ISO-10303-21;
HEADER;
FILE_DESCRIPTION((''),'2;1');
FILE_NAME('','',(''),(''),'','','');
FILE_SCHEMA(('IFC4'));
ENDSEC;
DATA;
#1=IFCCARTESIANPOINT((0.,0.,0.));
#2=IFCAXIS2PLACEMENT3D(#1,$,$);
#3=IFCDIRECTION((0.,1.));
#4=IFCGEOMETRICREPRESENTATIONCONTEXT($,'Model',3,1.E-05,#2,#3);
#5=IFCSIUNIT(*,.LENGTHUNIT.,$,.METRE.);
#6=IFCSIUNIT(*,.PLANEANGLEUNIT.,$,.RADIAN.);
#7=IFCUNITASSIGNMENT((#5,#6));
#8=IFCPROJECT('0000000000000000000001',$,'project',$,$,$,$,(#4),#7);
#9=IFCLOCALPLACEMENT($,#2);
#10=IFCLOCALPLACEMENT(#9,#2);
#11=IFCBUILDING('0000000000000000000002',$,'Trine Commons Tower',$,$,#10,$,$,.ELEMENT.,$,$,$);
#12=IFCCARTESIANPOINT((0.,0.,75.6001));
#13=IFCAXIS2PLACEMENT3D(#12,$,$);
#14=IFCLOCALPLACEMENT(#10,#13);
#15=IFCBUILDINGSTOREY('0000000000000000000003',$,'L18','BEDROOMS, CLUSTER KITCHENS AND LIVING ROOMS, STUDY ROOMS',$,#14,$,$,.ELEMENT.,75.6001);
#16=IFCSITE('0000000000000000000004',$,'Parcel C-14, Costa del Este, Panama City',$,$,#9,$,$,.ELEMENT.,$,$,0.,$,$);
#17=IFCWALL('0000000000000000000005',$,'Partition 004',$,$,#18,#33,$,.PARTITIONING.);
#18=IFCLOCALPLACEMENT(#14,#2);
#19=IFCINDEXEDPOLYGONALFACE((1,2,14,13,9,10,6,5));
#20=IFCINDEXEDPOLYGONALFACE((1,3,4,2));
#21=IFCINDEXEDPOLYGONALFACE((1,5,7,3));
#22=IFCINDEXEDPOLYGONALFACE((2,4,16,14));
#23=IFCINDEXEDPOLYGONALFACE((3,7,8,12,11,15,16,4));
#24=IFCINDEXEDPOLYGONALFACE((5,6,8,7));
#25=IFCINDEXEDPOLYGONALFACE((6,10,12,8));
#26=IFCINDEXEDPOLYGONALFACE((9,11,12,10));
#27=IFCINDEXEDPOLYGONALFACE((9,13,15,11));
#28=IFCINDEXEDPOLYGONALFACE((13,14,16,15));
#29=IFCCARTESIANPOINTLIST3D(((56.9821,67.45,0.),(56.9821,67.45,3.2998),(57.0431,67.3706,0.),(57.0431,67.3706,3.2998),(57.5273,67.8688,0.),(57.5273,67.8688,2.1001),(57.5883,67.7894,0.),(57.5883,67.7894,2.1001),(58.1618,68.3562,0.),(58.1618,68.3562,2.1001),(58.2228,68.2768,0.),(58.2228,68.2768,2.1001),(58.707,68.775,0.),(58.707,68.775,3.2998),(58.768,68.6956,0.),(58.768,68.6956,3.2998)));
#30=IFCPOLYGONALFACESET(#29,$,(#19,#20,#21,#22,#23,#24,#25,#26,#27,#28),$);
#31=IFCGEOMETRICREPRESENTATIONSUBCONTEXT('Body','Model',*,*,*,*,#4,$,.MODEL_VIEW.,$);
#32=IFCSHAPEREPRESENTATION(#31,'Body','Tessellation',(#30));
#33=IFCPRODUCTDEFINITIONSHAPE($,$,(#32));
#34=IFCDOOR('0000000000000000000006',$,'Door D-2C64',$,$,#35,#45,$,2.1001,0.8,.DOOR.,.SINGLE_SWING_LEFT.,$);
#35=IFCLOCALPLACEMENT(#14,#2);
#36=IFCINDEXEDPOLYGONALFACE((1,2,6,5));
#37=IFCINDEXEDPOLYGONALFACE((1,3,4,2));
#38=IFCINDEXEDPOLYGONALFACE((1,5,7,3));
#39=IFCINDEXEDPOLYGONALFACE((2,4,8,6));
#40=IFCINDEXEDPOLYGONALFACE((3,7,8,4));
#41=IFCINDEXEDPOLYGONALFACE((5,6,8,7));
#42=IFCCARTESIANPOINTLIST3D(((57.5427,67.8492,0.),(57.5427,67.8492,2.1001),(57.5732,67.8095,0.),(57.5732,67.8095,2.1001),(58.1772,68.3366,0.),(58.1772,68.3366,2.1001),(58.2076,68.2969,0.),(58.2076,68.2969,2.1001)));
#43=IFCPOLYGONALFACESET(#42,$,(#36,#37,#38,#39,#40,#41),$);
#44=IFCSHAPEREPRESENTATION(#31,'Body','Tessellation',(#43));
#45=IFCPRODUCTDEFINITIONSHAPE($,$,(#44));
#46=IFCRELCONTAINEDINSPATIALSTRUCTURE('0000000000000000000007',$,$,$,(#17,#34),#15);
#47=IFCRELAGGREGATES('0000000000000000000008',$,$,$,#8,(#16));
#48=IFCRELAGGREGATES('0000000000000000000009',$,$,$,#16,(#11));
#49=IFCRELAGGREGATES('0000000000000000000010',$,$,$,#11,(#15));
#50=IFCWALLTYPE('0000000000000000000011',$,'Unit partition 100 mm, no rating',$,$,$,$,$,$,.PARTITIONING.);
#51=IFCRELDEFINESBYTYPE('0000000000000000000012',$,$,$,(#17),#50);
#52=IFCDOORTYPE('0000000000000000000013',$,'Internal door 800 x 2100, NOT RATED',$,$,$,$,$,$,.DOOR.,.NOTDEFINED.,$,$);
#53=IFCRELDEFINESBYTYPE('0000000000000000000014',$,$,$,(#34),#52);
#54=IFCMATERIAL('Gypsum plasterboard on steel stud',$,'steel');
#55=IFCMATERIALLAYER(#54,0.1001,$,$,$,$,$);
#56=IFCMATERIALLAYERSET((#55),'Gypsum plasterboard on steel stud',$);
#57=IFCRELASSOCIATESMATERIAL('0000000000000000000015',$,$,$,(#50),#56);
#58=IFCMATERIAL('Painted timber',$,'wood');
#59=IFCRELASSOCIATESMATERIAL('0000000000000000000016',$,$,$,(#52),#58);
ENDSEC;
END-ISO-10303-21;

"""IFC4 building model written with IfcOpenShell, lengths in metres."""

from ifc_helpers import new_model, si_unit, direction, frame, frame_2d, origin, place, context, subcontext, project, spatial, rectangle, extrude, material, layer, layer_set, type_object, element, fill, save


model = new_model("IFC4")

# Units and contexts
model_context = context("Model", 3, precision=1e-05, world=origin(), true_north=direction((0.0, 1.0)))
body_context = subcontext(model_context, "Body", "Model", "MODEL_VIEW")
ifc_project = project(units=[si_unit("LENGTHUNIT", "METRE"), si_unit("PLANEANGLEUNIT", "RADIAN")], contexts=[model_context])

# Site, building, storey
site_placement = place(None, origin())
site = spatial("IfcSite", under=ifc_project, at=site_placement, Name="Parcel C-14, Costa del Este, Panama City", CompositionType="ELEMENT", RefElevation=0.0)
building_placement = place(site_placement, origin())
building = spatial("IfcBuilding", under=site, at=building_placement, Name="Trine Commons Tower", CompositionType="ELEMENT")
storey_placement = place(building_placement, frame((0.0, 0.0, 75.6001)))
storey = spatial("IfcBuildingStorey", under=building, at=storey_placement, Name="L18", Description="BEDROOMS, CLUSTER KITCHENS AND LIVING ROOMS, STUDY ROOMS", CompositionType="ELEMENT", Elevation=75.6001)

# Shared definitions
ifc_material_1 = material(Name="Gypsum plasterboard on steel stud", Category="steel")

# Shared definitions
ifc_layer_1 = layer(ifc_material_1, 0.1001)
ifc_layer_set_1 = layer_set([ifc_layer_1], Name="Gypsum plasterboard on steel stud")
wall_type_1 = type_object("IfcWallType", Name="Unit partition 100 mm, no rating", PredefinedType="PARTITIONING", material=ifc_layer_set_1)

# Wall, opening, door
wall_1_placement = place(storey_placement, frame((57.0127, 67.4104, 0.0), z_axis=(0.0, 0.0, 1.0), x_axis=(0.793037, 0.609174, 0.0)))
wall_1 = element("IfcWall", 1, at=wall_1_placement, inside=storey, type_object=wall_type_1, Name="Partition 004", PredefinedType="PARTITIONING", context=body_context, shape_type="SweptSolid", body=[
    extrude(rectangle(XDim=2.175, YDim=0.1001, at=frame_2d((1.0874, 0.0))), origin(), (0.0, 0.0, 1.0), 3.2998),
])
opening_1_placement = place(wall_1_placement, frame((0.6875, 0.0, 0.0)))
opening_1 = element("IfcOpeningElement", 2, at=opening_1_placement, cuts=wall_1, PredefinedType="OPENING", context=body_context, shape_type="SweptSolid", body=[
    extrude(rectangle(XDim=0.8, YDim=2.1001, at=frame_2d((0.3999, 1.05))), frame((0.0, 0.0601, 0.0), z_axis=(0.0, -1.0, 0.0), x_axis=(1.0, 0.0, 0.0)), (0.0, 0.0, 1.0), 0.1201),
])
ifc_material_2 = material(Name="Painted timber", Category="wood")
door_type_1 = type_object("IfcDoorType", Name="Internal door 800 x 2100, NOT RATED", OperationType="NOTDEFINED", PredefinedType="DOOR", material=ifc_material_2)
door_1_placement = place(opening_1_placement, frame((0.8, 0.0, 0.0), z_axis=(0.0, 0.0, 1.0), x_axis=(-1.0, 0.0, 0.0)))
door_1 = element("IfcDoor", 3, at=door_1_placement, inside=storey, type_object=door_type_1, Name="Door D-2C64", OperationType="SINGLE_SWING_LEFT", OverallHeight=2.1001, OverallWidth=0.8, PredefinedType="DOOR", context=body_context, shape_type="SweptSolid", body=[
    extrude(rectangle(XDim=0.8, YDim=2.1001, at=frame_2d((0.3999, 1.05))), frame((0.0, 0.0249, 0.0), z_axis=(0.0, -1.0, 0.0), x_axis=(1.0, 0.0, 0.0)), (0.0, 0.0, 1.0), 0.05),
])
fill(opening_1, door_1)

save(model, "model.ifc")
